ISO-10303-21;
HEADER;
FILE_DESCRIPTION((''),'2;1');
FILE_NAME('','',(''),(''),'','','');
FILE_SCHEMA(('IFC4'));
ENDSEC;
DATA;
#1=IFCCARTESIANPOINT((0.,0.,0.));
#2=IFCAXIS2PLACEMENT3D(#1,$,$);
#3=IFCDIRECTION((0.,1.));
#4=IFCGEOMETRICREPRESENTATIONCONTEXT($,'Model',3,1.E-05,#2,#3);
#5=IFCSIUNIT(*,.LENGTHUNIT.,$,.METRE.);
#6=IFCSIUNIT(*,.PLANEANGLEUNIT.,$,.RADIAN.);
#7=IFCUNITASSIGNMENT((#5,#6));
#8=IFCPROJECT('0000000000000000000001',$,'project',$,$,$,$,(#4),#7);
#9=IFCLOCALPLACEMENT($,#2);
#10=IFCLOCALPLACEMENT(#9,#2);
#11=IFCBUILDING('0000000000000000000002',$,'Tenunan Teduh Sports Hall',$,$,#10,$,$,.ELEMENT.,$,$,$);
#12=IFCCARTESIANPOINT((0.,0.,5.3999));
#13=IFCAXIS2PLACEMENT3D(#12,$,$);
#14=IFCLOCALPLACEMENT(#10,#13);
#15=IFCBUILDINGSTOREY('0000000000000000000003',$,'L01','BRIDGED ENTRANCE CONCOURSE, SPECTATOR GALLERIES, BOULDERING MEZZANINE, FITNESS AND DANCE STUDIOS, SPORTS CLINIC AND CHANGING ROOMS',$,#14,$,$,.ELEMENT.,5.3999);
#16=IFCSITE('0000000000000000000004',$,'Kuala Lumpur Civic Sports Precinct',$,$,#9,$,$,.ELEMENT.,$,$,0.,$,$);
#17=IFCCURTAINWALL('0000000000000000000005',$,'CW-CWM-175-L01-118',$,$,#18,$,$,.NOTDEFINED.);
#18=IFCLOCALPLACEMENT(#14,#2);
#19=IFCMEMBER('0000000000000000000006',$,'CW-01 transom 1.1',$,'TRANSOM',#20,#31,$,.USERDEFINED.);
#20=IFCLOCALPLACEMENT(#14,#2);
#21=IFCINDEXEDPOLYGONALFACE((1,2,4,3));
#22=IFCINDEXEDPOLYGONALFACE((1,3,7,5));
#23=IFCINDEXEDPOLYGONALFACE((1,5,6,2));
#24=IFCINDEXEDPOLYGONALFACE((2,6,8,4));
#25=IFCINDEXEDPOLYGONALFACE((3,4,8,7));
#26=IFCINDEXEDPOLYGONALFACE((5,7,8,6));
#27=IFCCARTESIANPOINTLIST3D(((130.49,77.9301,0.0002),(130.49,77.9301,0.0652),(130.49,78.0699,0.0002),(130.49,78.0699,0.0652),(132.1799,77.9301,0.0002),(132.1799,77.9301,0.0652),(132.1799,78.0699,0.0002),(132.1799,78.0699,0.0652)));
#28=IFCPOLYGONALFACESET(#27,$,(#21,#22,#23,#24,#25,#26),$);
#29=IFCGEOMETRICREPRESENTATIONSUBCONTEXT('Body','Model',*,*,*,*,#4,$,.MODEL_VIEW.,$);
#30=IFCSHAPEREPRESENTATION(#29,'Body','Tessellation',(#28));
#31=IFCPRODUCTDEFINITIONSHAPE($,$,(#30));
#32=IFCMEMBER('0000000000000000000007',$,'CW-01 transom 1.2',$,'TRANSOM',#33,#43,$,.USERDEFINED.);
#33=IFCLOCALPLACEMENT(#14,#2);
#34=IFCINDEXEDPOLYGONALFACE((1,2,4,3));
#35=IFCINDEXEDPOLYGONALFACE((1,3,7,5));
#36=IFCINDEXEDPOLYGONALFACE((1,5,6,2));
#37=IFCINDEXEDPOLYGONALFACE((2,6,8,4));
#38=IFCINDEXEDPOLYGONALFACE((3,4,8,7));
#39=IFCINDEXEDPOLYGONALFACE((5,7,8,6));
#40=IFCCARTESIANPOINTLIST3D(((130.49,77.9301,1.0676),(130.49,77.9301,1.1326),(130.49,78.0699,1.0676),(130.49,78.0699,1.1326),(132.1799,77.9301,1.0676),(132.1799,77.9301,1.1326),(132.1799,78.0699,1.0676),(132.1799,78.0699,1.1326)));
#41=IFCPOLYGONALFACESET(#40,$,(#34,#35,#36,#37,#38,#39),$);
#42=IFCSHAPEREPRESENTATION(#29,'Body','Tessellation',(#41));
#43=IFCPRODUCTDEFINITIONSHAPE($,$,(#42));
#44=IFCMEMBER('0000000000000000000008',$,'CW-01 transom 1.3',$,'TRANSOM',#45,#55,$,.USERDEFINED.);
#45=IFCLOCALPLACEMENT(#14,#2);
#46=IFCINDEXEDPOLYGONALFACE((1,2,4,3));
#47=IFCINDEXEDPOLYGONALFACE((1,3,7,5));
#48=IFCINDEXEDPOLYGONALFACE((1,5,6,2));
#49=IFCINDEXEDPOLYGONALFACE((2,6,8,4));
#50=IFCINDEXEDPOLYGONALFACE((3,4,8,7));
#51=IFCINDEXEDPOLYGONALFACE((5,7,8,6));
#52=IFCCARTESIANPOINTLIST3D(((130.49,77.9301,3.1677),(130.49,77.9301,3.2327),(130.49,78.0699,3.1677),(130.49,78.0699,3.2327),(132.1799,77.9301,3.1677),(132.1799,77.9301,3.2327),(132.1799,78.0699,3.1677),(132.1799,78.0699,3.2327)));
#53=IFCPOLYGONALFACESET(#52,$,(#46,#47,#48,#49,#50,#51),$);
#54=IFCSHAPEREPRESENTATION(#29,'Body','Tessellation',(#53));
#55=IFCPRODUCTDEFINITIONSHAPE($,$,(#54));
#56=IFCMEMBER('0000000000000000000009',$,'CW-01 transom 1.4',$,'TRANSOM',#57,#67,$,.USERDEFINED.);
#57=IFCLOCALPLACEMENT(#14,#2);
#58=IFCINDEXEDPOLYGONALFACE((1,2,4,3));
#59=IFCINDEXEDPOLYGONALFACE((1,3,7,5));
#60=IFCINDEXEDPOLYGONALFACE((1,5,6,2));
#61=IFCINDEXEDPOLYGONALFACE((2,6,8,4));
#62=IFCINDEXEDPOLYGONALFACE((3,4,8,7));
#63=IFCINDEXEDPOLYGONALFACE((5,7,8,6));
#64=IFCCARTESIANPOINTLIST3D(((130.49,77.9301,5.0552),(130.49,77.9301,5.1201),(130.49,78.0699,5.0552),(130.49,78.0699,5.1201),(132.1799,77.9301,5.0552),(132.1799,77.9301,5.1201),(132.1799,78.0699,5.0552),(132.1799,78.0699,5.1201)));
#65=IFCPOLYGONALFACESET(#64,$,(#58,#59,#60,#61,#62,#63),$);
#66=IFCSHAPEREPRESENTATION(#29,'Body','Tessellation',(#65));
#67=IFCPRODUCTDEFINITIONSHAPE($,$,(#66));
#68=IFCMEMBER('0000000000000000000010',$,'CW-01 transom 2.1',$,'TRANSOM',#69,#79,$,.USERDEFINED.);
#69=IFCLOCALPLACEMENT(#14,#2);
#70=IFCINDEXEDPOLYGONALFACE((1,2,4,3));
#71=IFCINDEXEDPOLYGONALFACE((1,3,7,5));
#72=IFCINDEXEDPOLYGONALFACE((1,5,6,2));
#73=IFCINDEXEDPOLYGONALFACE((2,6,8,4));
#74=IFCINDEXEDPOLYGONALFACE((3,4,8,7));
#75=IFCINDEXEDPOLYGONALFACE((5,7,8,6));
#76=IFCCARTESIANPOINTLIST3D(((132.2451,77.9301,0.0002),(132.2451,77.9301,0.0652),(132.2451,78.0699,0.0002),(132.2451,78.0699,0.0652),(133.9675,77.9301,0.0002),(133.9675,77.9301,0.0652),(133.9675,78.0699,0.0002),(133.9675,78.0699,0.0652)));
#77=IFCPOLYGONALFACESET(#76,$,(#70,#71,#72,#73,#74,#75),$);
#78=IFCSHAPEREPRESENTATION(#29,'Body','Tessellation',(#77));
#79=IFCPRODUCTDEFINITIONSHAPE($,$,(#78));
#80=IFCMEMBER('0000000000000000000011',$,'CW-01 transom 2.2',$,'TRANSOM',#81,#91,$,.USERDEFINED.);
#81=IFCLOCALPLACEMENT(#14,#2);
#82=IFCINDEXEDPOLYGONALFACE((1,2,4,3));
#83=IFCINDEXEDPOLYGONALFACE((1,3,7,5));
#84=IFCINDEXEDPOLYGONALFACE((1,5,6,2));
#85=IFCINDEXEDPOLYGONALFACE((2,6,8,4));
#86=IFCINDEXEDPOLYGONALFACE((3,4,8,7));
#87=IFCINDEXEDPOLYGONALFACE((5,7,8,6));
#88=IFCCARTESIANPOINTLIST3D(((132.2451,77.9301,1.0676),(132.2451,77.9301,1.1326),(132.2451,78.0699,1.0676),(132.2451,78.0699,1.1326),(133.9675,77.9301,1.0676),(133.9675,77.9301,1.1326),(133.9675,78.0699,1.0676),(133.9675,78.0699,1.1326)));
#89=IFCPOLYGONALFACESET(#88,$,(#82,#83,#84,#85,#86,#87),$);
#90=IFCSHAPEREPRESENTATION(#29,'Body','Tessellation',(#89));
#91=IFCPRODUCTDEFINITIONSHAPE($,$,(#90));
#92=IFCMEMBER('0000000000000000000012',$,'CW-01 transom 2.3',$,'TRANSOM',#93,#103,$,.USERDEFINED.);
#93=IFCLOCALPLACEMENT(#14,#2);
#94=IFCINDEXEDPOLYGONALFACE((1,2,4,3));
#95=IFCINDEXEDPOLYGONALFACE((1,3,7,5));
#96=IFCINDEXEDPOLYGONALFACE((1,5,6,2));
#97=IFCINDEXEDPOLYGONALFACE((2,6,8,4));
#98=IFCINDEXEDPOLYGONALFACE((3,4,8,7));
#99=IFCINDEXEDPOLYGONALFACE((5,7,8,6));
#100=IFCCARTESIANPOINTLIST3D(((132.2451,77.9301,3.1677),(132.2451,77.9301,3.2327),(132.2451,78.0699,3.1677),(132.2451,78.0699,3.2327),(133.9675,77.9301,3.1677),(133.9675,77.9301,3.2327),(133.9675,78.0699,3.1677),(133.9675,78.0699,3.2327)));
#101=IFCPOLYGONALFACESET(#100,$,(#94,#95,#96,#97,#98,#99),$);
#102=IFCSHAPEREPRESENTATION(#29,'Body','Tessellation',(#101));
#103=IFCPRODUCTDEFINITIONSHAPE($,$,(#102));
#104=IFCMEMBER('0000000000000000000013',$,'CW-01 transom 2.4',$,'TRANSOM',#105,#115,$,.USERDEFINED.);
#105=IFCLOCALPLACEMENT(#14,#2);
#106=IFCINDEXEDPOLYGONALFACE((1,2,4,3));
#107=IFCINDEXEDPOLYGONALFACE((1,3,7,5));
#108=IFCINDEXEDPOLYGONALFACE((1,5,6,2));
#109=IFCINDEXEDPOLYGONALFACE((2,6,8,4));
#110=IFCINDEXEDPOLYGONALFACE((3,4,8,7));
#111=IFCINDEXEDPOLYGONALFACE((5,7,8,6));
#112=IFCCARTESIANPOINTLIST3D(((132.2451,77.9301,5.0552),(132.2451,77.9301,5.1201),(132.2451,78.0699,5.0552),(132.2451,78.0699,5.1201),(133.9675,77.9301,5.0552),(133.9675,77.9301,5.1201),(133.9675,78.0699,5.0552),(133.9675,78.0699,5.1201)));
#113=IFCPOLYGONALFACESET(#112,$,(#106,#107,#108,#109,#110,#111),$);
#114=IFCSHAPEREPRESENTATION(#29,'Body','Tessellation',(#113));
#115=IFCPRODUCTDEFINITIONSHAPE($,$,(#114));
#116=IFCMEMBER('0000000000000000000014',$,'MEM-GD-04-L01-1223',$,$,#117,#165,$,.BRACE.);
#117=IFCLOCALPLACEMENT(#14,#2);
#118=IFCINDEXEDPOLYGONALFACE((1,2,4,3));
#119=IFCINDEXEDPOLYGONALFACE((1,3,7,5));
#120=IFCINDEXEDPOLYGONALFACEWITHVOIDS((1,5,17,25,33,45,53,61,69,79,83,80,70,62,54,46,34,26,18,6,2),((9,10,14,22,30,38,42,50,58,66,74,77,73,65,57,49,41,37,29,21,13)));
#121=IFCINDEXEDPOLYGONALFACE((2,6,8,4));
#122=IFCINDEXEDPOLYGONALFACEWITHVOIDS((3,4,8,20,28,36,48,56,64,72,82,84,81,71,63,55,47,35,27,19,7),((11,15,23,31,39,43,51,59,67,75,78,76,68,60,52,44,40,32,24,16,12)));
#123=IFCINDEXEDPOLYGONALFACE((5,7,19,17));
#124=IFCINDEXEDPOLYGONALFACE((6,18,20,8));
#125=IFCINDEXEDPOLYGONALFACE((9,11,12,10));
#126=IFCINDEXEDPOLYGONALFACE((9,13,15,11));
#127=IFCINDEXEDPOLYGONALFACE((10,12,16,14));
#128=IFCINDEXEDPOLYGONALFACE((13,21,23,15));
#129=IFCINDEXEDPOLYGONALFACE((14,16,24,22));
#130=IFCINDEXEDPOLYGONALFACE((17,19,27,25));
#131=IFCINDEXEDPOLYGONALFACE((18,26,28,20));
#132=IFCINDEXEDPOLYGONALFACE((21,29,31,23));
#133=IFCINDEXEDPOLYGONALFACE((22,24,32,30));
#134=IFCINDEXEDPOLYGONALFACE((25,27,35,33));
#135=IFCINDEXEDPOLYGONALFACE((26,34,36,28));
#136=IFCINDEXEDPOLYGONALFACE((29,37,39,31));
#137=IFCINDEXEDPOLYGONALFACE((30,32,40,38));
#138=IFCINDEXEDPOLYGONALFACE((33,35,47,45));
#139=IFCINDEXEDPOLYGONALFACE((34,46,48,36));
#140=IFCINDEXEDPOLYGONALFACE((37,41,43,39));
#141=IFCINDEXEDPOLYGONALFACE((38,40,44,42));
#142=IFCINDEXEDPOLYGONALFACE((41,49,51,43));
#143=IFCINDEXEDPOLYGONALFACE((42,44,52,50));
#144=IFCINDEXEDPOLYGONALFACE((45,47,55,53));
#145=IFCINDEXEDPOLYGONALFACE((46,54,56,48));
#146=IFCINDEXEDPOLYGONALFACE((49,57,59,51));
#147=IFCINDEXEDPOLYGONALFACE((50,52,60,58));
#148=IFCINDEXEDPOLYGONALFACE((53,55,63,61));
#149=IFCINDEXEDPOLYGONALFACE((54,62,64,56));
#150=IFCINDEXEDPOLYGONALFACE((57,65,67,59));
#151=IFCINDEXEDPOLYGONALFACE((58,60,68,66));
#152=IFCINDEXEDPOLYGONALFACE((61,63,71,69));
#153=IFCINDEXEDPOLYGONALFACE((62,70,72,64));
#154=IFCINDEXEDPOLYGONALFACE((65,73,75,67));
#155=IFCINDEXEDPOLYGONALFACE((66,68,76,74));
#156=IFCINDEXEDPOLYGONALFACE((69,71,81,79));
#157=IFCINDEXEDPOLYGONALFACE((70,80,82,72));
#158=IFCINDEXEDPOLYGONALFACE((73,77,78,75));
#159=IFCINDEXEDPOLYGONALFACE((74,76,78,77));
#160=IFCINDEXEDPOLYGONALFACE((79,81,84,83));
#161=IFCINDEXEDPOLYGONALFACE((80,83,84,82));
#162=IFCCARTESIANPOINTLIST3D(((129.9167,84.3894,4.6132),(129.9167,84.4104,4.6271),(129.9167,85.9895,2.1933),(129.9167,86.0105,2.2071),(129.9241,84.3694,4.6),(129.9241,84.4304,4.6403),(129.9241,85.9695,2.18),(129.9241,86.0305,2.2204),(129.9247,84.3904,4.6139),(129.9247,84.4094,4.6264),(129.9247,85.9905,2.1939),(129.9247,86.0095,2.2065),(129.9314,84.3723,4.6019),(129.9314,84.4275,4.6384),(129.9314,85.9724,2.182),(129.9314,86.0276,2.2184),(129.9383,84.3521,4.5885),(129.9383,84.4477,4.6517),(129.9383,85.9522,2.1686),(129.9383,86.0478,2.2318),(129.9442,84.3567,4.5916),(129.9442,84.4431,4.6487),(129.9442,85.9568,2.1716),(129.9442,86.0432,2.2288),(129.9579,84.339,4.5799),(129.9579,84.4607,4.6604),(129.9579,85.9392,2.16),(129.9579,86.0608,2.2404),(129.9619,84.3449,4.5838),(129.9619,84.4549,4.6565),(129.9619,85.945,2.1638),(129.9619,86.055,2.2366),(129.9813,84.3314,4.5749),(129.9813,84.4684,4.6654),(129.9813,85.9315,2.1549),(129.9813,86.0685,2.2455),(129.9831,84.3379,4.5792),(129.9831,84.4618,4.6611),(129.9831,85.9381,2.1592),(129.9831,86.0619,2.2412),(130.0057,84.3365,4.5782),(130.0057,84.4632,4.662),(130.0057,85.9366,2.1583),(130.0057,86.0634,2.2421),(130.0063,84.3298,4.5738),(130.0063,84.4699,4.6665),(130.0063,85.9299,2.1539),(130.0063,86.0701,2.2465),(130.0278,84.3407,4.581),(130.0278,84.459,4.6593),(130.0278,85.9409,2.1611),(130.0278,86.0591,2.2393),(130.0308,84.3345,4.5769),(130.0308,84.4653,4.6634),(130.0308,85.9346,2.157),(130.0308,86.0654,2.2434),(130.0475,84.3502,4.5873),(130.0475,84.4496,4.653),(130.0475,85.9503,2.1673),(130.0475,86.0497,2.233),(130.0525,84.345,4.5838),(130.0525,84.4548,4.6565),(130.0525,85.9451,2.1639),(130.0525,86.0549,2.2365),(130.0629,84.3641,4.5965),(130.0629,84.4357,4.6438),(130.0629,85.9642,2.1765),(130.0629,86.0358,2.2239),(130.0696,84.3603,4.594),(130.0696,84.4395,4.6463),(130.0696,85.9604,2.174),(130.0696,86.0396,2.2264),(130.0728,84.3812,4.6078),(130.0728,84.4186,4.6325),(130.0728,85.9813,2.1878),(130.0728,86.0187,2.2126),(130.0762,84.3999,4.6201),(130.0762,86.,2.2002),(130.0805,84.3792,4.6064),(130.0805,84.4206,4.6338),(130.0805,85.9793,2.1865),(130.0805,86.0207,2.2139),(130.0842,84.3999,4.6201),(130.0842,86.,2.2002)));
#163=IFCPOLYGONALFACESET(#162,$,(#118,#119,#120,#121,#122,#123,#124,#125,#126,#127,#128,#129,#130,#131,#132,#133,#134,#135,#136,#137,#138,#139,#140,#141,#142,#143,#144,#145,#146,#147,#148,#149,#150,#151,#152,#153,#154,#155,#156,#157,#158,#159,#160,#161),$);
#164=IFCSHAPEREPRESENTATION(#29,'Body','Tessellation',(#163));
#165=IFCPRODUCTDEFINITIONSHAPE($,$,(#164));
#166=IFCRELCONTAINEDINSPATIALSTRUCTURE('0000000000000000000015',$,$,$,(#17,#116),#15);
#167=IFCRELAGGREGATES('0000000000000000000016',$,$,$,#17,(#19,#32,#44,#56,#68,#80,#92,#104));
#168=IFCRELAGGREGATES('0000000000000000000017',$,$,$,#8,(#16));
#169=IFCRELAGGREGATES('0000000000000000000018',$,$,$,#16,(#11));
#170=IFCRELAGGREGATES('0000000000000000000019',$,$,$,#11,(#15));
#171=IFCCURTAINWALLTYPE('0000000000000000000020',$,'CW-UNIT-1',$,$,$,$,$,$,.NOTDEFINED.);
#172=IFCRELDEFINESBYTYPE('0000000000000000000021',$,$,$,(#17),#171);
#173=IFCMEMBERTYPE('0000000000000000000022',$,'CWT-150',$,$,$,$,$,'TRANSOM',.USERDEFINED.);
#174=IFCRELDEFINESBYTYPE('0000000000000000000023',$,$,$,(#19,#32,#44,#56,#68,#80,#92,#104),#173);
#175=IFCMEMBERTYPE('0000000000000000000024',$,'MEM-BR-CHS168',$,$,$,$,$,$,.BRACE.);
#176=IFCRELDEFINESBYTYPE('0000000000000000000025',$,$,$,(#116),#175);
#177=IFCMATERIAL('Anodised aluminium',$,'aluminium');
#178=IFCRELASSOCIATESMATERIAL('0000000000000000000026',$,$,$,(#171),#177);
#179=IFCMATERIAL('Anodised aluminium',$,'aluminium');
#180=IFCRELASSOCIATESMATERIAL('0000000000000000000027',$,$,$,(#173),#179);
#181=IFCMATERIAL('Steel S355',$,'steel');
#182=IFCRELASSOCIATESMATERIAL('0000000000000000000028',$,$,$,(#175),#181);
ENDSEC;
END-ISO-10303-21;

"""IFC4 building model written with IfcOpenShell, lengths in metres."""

from ifc_helpers import new_model, si_unit, direction, frame, origin, origin_2d, place, context, subcontext, project, spatial, rectangle, hollow_circle, extrude, material, material_profile, profile_set, type_object, element, aggregate, save


model = new_model("IFC4")

# Units and contexts
model_context = context("Model", 3, precision=1e-05, world=origin(), true_north=direction((0.0, 1.0)))
body_context = subcontext(model_context, "Body", "Model", "MODEL_VIEW")
ifc_project = project(units=[si_unit("LENGTHUNIT", "METRE"), si_unit("PLANEANGLEUNIT", "RADIAN")], contexts=[model_context])

# Site, building, storey
site_placement = place(None, origin())
site = spatial("IfcSite", under=ifc_project, at=site_placement, Name="Kuala Lumpur Civic Sports Precinct", CompositionType="ELEMENT", RefElevation=0.0)
building_placement = place(site_placement, origin())
building = spatial("IfcBuilding", under=site, at=building_placement, Name="Tenunan Teduh Sports Hall", CompositionType="ELEMENT")
storey_placement = place(building_placement, frame((0.0, 0.0, 5.3999)))
storey = spatial("IfcBuildingStorey", under=building, at=storey_placement, Name="L01", Description="BRIDGED ENTRANCE CONCOURSE, SPECTATOR GALLERIES, BOULDERING MEZZANINE, FITNESS AND DANCE STUDIOS, SPORTS CLINIC AND CHANGING ROOMS", CompositionType="ELEMENT", Elevation=5.3999)

# Shared definitions
ifc_material_1 = material(Name="Anodised aluminium", Category="aluminium")
curtain_wall_type = type_object("IfcCurtainWallType", Name="CW-UNIT-1", PredefinedType="NOTDEFINED", material=ifc_material_1)

# Curtain wall
curtain_wall_1_placement = place(storey_placement, origin())
curtain_wall_1 = element("IfcCurtainWall", 1, at=curtain_wall_1_placement, inside=storey, type_object=curtain_wall_type, Name="CW-CWM-175-L01-118", PredefinedType="NOTDEFINED")

# Members
ifc_material_2 = material(Name="Anodised aluminium", Category="aluminium")
ifc_material_profile_1 = material_profile(ifc_material_2, rectangle(XDim=0.0649, YDim=0.1399, at=origin_2d()), Name="CWT 65x140")
ifc_profile_set_1 = profile_set([ifc_material_profile_1], Name="Anodised aluminium")
member_type_1 = type_object("IfcMemberType", Name="CWT-150", ElementType="TRANSOM", PredefinedType="USERDEFINED", material=ifc_profile_set_1)
member_1_placement = place(storey_placement, frame((130.49, 78.0, 0.0327), z_axis=(1.0, 0.0, 0.0), x_axis=(0.0, 0.0, 1.0)))
member_1 = element("IfcMember", 2, at=member_1_placement, type_object=member_type_1, Name="CW-01 transom 1.1", ObjectType="TRANSOM", PredefinedType="USERDEFINED", context=body_context, shape_type="SweptSolid", body=[
    extrude(rectangle(XDim=0.0649, YDim=0.1399, at=origin_2d()), origin(), (0.0, 0.0, 1.0), 1.6899),
])
member_2_placement = place(storey_placement, frame((130.49, 78.0, 1.1001), z_axis=(1.0, 0.0, 0.0), x_axis=(0.0, 0.0, 1.0)))
member_2 = element("IfcMember", 3, at=member_2_placement, type_object=member_type_1, Name="CW-01 transom 1.2", ObjectType="TRANSOM", PredefinedType="USERDEFINED", context=body_context, shape_type="SweptSolid", body=[
    extrude(rectangle(XDim=0.0649, YDim=0.1399, at=origin_2d()), origin(), (0.0, 0.0, 1.0), 1.6899),
])
member_3_placement = place(storey_placement, frame((130.49, 78.0, 3.2002), z_axis=(1.0, 0.0, 0.0), x_axis=(0.0, 0.0, 1.0)))
member_3 = element("IfcMember", 4, at=member_3_placement, type_object=member_type_1, Name="CW-01 transom 1.3", ObjectType="TRANSOM", PredefinedType="USERDEFINED", context=body_context, shape_type="SweptSolid", body=[
    extrude(rectangle(XDim=0.0649, YDim=0.1399, at=origin_2d()), origin(), (0.0, 0.0, 1.0), 1.6899),
])
member_4_placement = place(storey_placement, frame((130.49, 78.0, 5.0876), z_axis=(1.0, 0.0, 0.0), x_axis=(0.0, 0.0, 1.0)))
member_4 = element("IfcMember", 5, at=member_4_placement, type_object=member_type_1, Name="CW-01 transom 1.4", ObjectType="TRANSOM", PredefinedType="USERDEFINED", context=body_context, shape_type="SweptSolid", body=[
    extrude(rectangle(XDim=0.0649, YDim=0.1399, at=origin_2d()), origin(), (0.0, 0.0, 1.0), 1.6899),
])
member_5_placement = place(storey_placement, frame((132.2451, 78.0, 0.0327), z_axis=(1.0, 0.0, 0.0), x_axis=(0.0, 0.0, 1.0)))
member_5 = element("IfcMember", 6, at=member_5_placement, type_object=member_type_1, Name="CW-01 transom 2.1", ObjectType="TRANSOM", PredefinedType="USERDEFINED", context=body_context, shape_type="SweptSolid", body=[
    extrude(rectangle(XDim=0.0649, YDim=0.1399, at=origin_2d()), origin(), (0.0, 0.0, 1.0), 1.7224),
])
member_6_placement = place(storey_placement, frame((132.2451, 78.0, 1.1001), z_axis=(1.0, 0.0, 0.0), x_axis=(0.0, 0.0, 1.0)))
member_6 = element("IfcMember", 7, at=member_6_placement, type_object=member_type_1, Name="CW-01 transom 2.2", ObjectType="TRANSOM", PredefinedType="USERDEFINED", context=body_context, shape_type="SweptSolid", body=[
    extrude(rectangle(XDim=0.0649, YDim=0.1399, at=origin_2d()), origin(), (0.0, 0.0, 1.0), 1.7224),
])
member_7_placement = place(storey_placement, frame((132.2451, 78.0, 3.2002), z_axis=(1.0, 0.0, 0.0), x_axis=(0.0, 0.0, 1.0)))
member_7 = element("IfcMember", 8, at=member_7_placement, type_object=member_type_1, Name="CW-01 transom 2.3", ObjectType="TRANSOM", PredefinedType="USERDEFINED", context=body_context, shape_type="SweptSolid", body=[
    extrude(rectangle(XDim=0.0649, YDim=0.1399, at=origin_2d()), origin(), (0.0, 0.0, 1.0), 1.7224),
])
member_8_placement = place(storey_placement, frame((132.2451, 78.0, 5.0876), z_axis=(1.0, 0.0, 0.0), x_axis=(0.0, 0.0, 1.0)))
member_8 = element("IfcMember", 9, at=member_8_placement, type_object=member_type_1, Name="CW-01 transom 2.4", ObjectType="TRANSOM", PredefinedType="USERDEFINED", context=body_context, shape_type="SweptSolid", body=[
    extrude(rectangle(XDim=0.0649, YDim=0.1399, at=origin_2d()), origin(), (0.0, 0.0, 1.0), 1.7224),
])

# Member
ifc_material_3 = material(Name="Steel S355", Category="steel")
ifc_material_profile_2 = material_profile(ifc_material_3, hollow_circle(Radius=0.0842, WallThickness=0.0081, at=origin_2d()), Name="CHS 168.3x8.0")
ifc_profile_set_2 = profile_set([ifc_material_profile_2], Name="Steel S355")
member_type_2 = type_object("IfcMemberType", Name="MEM-BR-CHS168", PredefinedType="BRACE", material=ifc_profile_set_2)
member_9_placement = place(storey_placement, frame((130.0, 86.0, 2.2002), z_axis=(0.0, -0.55155, 0.834142), x_axis=(1.0, 0.0, 0.0)))
element("IfcMember", 10, at=member_9_placement, inside=storey, type_object=member_type_2, Name="MEM-GD-04-L01-1223", PredefinedType="BRACE", context=body_context, shape_type="SweptSolid", body=[
    extrude(hollow_circle(Radius=0.0842, WallThickness=0.0081, at=origin_2d()), origin(), (0.0, 0.0, 1.0), 2.9011),
])

aggregate(curtain_wall_1, [member_1, member_2, member_3, member_4, member_5, member_6, member_7, member_8])

save(model, "model.ifc")
